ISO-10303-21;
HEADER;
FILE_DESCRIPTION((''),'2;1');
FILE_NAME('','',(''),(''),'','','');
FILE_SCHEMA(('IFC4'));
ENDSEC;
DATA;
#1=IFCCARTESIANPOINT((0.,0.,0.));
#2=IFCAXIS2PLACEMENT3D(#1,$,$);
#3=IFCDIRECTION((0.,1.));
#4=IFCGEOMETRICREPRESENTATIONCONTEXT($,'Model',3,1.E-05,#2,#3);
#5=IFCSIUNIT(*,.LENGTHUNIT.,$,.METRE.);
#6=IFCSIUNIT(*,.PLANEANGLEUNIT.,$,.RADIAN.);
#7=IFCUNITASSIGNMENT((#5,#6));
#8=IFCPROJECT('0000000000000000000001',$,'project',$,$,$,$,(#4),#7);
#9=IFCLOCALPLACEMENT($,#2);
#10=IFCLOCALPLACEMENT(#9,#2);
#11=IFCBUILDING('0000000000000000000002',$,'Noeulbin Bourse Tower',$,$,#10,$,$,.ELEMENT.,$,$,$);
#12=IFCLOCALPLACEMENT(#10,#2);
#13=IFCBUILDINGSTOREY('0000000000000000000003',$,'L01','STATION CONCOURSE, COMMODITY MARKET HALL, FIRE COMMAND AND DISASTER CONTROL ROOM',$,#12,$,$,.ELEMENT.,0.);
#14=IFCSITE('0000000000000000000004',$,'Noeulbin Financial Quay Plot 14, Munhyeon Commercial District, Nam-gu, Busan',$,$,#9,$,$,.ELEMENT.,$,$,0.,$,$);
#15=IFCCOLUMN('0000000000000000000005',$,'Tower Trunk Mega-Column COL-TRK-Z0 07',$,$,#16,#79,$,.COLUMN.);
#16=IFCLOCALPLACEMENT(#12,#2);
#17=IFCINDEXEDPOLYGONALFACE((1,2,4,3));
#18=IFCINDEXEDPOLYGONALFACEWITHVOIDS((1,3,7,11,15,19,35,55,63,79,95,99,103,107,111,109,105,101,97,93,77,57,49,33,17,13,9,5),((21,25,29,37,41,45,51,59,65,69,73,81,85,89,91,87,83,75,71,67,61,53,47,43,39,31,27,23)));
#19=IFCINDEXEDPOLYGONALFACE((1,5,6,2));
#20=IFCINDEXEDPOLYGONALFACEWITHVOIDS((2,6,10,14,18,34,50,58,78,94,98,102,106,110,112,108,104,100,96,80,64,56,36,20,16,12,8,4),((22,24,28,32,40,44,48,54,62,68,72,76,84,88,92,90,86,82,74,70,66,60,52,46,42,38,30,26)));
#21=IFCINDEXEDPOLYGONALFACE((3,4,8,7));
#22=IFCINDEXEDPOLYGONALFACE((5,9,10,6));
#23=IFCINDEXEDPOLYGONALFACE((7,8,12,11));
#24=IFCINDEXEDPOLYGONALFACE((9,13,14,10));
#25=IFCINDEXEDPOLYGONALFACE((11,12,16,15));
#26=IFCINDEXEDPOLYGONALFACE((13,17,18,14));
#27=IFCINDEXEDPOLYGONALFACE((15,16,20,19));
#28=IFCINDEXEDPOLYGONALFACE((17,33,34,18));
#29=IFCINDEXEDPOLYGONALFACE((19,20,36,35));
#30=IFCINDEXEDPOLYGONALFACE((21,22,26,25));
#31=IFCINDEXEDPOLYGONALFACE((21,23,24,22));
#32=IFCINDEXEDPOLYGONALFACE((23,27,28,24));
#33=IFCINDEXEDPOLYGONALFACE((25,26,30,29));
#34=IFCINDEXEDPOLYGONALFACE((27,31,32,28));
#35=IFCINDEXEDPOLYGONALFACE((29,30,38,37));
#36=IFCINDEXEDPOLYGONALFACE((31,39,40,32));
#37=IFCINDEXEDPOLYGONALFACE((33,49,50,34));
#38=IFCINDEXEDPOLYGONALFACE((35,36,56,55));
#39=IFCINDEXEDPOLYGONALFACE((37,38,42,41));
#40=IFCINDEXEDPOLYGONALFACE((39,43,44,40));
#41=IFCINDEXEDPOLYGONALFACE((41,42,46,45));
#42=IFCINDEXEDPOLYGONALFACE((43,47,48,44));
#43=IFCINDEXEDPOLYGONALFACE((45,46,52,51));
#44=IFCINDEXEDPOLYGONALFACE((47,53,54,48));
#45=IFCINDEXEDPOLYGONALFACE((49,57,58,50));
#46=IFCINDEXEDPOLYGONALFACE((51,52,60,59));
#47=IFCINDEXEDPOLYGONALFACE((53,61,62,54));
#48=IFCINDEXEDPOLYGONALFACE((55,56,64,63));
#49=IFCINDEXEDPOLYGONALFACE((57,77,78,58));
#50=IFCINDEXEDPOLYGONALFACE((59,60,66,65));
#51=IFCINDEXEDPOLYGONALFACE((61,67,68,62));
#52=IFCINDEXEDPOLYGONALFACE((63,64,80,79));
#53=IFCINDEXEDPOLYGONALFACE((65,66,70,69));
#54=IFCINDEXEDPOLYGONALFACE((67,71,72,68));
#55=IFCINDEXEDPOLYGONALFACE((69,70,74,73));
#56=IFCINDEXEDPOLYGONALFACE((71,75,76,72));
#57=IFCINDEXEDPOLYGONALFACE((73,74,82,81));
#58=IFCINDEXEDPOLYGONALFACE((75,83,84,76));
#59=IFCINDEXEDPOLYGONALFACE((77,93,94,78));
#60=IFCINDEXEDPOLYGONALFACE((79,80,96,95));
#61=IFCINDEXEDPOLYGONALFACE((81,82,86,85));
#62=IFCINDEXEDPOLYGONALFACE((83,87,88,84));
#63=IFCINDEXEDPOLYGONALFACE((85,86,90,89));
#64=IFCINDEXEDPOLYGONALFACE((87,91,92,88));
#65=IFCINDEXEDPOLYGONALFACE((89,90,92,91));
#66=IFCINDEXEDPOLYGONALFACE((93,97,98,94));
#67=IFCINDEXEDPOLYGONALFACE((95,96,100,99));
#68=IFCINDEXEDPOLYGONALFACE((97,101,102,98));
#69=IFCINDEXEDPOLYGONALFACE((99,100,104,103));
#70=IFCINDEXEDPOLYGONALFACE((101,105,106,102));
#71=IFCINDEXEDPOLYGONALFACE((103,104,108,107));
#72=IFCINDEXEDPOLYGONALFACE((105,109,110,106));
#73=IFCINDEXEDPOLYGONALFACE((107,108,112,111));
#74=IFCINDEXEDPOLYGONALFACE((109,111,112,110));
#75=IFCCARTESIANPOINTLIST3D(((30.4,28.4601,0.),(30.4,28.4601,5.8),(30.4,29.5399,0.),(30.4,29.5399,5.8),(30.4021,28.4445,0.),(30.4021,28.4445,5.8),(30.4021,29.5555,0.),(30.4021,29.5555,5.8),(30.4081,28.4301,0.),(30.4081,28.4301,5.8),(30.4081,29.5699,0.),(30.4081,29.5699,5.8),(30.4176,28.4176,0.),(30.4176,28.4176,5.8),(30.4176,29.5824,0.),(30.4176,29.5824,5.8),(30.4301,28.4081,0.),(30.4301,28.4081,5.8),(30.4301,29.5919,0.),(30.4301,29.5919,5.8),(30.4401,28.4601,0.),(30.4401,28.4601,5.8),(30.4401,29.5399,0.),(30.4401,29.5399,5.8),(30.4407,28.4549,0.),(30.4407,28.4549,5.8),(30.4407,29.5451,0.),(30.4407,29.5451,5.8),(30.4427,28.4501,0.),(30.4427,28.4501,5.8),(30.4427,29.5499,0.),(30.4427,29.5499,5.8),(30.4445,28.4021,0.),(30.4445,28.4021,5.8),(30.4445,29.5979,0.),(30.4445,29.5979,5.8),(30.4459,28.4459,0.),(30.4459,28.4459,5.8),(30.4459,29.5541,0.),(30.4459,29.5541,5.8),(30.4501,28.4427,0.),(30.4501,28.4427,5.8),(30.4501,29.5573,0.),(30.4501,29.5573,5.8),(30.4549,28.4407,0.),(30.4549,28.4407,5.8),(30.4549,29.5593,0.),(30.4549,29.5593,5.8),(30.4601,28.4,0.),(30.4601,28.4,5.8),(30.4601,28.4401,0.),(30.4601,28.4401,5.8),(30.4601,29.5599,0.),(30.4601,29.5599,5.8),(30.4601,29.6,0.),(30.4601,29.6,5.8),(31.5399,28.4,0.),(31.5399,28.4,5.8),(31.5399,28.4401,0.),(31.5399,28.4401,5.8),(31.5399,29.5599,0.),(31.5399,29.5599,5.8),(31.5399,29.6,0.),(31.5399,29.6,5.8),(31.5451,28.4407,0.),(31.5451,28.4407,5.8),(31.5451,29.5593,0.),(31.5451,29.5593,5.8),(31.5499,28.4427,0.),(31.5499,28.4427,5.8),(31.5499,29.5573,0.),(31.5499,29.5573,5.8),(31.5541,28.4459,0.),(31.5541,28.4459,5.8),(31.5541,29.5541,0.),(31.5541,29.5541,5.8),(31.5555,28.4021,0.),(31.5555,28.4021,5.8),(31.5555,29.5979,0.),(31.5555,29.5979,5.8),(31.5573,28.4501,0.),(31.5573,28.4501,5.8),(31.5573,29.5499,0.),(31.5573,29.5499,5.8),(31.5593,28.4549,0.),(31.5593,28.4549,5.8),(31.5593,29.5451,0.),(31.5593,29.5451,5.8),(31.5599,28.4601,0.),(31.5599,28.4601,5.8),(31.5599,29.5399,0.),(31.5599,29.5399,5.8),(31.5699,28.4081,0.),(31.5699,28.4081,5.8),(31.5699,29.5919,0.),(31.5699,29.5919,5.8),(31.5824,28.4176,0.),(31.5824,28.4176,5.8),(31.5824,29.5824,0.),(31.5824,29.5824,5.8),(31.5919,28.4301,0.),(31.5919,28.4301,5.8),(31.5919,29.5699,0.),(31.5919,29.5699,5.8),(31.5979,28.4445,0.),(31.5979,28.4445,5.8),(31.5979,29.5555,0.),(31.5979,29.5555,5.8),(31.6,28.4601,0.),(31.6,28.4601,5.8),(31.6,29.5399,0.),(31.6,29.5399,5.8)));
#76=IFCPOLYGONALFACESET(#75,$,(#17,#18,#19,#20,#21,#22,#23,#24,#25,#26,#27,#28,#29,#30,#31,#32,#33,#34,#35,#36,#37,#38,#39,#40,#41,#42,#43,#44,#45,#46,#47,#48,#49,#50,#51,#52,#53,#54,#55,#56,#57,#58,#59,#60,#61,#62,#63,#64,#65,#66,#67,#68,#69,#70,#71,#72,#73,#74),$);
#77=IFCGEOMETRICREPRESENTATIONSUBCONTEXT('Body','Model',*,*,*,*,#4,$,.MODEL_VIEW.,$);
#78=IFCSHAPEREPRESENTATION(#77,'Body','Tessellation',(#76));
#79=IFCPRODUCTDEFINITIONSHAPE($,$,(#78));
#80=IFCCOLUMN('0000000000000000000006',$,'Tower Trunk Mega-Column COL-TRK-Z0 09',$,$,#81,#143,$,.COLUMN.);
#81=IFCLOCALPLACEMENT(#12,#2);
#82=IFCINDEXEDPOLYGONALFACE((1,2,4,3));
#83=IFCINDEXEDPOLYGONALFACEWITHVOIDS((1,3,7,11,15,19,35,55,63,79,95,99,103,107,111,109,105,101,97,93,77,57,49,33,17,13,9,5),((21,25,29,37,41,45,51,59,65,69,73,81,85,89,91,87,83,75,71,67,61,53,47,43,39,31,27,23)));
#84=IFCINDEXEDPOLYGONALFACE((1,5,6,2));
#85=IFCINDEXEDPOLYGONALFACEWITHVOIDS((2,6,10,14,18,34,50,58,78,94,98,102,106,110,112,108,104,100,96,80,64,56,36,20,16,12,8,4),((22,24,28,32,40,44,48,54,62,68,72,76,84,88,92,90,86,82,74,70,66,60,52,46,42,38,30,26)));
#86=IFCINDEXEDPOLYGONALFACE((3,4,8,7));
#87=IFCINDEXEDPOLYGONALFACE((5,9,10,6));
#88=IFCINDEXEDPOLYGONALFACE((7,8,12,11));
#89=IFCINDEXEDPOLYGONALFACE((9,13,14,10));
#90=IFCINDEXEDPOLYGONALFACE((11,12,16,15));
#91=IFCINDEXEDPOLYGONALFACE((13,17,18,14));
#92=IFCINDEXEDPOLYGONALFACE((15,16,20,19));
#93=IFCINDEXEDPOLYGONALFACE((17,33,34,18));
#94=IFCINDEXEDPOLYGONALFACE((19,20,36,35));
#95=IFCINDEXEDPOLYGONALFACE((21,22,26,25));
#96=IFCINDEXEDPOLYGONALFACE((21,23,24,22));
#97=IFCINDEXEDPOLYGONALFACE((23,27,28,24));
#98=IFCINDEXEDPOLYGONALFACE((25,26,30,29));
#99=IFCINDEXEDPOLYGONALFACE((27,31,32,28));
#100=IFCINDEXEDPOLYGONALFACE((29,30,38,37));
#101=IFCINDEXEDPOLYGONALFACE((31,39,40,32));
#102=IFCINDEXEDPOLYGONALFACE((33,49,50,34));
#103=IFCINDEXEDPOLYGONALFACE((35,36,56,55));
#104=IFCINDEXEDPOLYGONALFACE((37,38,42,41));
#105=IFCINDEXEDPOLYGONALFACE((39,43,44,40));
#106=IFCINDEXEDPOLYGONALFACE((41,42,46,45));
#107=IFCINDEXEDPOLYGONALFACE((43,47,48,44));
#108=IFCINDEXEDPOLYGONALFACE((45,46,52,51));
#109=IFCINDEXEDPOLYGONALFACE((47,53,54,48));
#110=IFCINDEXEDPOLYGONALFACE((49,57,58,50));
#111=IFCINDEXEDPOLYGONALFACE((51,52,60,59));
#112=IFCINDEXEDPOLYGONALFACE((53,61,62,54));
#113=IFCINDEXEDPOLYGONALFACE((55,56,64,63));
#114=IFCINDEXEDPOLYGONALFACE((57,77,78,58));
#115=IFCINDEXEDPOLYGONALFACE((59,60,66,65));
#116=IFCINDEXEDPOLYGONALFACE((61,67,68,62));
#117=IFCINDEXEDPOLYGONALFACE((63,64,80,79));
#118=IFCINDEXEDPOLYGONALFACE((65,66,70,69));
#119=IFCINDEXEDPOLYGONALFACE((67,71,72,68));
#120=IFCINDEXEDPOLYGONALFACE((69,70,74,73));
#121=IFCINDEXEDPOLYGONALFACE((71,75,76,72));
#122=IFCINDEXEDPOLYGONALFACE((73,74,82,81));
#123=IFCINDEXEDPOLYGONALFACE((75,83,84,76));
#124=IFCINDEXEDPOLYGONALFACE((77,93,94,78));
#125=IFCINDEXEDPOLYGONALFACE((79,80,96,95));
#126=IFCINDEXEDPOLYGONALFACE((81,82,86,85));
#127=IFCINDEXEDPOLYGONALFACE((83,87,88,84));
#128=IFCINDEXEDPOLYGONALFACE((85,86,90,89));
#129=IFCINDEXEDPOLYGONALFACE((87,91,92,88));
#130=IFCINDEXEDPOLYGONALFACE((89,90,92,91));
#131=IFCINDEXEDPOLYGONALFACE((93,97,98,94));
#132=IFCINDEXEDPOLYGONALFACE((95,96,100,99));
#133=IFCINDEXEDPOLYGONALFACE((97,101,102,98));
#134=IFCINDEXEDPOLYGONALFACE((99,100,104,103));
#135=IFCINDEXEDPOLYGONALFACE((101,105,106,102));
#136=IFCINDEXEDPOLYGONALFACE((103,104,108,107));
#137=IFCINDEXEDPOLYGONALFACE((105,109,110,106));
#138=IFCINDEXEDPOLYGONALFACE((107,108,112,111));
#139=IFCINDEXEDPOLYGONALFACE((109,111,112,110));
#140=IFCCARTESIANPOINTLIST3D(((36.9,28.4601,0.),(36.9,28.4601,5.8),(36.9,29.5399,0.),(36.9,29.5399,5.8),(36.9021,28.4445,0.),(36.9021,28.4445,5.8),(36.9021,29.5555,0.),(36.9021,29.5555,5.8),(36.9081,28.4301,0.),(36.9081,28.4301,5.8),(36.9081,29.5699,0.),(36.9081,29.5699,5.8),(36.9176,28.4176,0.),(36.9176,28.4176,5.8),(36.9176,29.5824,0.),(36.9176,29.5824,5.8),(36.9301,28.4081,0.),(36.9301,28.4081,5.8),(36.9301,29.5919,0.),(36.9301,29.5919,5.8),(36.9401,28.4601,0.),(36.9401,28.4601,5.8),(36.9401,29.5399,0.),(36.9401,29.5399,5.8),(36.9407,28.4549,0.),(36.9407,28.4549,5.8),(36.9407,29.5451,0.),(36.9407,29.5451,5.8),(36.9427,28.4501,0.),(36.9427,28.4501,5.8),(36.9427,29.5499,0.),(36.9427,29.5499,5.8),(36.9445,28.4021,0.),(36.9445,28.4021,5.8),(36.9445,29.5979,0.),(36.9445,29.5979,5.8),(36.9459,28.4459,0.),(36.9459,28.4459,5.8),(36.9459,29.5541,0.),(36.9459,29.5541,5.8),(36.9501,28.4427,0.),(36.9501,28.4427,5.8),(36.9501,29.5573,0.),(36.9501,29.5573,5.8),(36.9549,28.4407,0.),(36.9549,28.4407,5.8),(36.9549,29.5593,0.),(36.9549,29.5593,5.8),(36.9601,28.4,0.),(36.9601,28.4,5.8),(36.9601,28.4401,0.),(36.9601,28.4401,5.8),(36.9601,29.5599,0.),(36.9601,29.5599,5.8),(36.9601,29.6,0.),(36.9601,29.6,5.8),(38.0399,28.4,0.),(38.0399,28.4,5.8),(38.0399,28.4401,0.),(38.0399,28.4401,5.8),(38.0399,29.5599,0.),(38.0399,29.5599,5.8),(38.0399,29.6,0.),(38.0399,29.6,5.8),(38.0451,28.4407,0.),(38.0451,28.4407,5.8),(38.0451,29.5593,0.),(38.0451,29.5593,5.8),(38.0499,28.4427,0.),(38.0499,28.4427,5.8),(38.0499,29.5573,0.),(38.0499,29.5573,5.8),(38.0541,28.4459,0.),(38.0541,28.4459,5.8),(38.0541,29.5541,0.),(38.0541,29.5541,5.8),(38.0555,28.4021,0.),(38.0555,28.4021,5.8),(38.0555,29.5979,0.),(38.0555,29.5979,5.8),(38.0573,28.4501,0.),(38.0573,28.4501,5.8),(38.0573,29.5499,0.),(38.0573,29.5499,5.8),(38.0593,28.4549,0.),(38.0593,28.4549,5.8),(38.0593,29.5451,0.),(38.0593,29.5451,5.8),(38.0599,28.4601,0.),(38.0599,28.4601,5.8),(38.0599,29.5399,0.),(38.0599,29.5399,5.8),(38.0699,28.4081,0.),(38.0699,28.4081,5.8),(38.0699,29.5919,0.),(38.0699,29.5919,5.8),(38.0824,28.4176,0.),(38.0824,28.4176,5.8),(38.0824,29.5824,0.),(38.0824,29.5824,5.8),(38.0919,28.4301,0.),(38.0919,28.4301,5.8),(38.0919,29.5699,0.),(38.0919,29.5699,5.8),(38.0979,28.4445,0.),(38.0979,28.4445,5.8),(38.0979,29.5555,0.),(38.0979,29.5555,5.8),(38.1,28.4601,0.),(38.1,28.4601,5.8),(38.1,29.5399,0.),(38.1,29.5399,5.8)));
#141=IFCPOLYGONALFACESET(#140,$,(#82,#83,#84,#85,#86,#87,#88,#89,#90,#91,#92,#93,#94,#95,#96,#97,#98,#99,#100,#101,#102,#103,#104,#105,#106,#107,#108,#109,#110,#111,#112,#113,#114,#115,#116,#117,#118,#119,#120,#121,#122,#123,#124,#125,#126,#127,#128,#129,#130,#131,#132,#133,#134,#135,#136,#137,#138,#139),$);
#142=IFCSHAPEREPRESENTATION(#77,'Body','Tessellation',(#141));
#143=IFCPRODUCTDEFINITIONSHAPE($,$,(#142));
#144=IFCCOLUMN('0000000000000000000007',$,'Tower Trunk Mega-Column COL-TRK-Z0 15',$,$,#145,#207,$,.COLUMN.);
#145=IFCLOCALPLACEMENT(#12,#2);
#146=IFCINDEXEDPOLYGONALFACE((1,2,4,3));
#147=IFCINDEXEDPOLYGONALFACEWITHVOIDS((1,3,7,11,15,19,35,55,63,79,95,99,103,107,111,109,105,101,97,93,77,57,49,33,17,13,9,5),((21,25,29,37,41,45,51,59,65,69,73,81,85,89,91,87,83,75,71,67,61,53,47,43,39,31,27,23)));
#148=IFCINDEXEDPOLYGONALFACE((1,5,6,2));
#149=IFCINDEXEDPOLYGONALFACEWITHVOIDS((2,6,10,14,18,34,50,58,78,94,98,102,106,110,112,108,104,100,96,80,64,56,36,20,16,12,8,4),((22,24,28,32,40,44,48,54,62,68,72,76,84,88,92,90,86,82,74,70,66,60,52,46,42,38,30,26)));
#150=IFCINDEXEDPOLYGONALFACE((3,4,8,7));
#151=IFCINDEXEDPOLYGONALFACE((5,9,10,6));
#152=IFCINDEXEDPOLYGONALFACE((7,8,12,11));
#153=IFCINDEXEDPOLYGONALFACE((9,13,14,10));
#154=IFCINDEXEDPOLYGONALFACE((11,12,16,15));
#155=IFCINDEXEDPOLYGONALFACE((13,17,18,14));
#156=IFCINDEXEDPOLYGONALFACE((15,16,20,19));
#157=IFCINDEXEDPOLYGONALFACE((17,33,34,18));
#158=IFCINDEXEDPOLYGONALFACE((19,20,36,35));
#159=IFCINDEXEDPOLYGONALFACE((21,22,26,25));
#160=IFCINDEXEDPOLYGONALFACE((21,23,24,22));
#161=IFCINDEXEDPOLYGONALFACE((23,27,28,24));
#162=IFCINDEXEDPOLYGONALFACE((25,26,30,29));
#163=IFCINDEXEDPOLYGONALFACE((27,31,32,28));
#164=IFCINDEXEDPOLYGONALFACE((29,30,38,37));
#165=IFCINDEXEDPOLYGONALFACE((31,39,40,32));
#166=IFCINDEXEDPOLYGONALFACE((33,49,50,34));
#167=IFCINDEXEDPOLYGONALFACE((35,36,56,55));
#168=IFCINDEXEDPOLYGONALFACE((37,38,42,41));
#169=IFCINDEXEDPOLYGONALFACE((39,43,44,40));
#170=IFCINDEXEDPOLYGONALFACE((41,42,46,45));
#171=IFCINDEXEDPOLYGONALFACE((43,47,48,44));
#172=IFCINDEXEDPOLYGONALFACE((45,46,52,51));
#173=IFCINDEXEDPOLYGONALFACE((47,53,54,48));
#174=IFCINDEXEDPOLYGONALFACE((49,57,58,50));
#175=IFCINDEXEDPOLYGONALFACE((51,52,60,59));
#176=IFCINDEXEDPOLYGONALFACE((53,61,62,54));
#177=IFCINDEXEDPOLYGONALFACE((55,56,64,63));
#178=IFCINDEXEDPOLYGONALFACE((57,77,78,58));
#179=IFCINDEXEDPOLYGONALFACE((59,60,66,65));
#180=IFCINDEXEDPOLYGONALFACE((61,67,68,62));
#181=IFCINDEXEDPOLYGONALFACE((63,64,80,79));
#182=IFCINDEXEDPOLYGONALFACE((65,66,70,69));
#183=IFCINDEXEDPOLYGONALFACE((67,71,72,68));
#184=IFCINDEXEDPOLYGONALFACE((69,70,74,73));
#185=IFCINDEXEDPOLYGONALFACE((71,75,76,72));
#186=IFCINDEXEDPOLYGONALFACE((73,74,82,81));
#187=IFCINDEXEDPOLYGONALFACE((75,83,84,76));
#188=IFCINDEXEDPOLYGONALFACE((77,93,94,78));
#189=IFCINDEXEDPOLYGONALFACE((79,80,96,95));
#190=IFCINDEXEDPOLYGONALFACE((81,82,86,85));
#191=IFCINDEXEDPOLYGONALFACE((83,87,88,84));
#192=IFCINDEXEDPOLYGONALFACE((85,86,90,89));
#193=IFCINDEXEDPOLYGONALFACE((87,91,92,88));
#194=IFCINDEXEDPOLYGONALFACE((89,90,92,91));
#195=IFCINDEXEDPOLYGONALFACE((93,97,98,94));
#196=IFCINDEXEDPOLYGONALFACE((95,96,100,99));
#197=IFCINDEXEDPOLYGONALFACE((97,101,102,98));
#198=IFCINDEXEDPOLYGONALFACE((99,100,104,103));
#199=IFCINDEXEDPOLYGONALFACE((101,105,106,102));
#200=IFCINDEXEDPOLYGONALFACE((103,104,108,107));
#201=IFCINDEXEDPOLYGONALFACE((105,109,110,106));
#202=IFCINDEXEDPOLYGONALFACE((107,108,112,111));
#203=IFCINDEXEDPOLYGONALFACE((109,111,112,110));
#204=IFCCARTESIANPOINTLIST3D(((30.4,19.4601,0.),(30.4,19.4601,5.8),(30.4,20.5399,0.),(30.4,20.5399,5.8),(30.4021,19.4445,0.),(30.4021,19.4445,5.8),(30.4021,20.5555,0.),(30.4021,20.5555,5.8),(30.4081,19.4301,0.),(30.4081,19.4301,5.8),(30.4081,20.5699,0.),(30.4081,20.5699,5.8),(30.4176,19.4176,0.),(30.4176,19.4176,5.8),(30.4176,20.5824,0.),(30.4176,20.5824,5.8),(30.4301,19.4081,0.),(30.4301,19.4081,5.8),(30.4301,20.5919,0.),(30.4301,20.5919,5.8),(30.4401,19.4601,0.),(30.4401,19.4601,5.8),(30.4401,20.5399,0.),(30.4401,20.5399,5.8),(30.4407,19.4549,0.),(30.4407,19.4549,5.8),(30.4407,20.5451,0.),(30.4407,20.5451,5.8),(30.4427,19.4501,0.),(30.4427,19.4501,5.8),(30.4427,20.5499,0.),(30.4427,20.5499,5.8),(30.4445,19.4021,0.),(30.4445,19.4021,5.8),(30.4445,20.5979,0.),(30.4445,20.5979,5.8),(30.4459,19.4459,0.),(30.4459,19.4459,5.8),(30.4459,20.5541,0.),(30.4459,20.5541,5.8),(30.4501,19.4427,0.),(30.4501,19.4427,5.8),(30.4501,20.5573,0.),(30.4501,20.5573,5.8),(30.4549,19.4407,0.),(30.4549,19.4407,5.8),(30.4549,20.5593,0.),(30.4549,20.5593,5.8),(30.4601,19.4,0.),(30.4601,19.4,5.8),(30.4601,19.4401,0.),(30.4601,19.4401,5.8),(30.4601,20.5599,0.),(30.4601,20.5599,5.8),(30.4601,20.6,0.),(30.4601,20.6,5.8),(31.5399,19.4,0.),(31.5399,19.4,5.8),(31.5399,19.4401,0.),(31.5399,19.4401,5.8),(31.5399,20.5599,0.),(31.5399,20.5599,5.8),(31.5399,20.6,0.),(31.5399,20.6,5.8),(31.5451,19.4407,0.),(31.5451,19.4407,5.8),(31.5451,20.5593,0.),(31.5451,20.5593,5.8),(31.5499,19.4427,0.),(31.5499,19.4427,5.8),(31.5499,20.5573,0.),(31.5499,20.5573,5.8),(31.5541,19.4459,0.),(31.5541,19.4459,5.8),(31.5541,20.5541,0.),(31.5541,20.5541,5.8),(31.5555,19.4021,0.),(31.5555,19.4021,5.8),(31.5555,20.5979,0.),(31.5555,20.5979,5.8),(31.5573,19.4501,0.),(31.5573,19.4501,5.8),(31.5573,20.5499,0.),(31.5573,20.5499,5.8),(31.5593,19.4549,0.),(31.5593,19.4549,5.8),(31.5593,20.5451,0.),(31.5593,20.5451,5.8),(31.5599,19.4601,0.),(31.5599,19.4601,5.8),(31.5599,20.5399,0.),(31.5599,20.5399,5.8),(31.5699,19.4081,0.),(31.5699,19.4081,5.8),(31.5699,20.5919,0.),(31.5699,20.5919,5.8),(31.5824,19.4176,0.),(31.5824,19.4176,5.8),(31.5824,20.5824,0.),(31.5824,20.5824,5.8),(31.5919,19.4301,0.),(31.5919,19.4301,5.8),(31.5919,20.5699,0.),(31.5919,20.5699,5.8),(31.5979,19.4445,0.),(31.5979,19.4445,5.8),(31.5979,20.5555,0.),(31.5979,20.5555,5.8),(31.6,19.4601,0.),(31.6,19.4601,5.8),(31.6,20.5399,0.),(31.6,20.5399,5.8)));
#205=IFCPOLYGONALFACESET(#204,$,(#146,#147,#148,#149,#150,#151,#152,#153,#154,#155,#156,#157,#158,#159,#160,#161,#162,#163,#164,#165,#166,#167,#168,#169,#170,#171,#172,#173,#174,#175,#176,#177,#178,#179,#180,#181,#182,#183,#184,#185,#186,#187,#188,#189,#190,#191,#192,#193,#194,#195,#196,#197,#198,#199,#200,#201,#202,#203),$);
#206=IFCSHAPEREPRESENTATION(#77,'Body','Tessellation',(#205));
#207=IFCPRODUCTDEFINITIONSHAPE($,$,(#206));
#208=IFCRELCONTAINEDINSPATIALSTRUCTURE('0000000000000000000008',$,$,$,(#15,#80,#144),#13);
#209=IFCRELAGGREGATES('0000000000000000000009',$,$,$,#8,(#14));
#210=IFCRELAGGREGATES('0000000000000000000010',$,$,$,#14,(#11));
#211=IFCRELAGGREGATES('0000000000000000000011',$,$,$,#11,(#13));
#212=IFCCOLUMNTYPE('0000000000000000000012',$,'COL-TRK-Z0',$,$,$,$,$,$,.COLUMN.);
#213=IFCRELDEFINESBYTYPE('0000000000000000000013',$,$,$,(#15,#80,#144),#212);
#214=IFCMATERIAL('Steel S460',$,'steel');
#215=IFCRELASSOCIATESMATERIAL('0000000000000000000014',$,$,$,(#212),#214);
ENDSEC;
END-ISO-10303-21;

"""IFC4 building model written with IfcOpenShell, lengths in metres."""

from ifc_helpers import new_model, si_unit, direction, frame, origin, origin_2d, place, context, subcontext, project, spatial, hollow_rectangle, extrude, material, material_profile, profile_set, type_object, element, save


model = new_model("IFC4")

# Units and contexts
model_context = context("Model", 3, precision=1e-05, world=origin(), true_north=direction((0.0, 1.0)))
body_context = subcontext(model_context, "Body", "Model", "MODEL_VIEW")
ifc_project = project(units=[si_unit("LENGTHUNIT", "METRE"), si_unit("PLANEANGLEUNIT", "RADIAN")], contexts=[model_context])

# Site, building, storey
site_placement = place(None, origin())
site = spatial("IfcSite", under=ifc_project, at=site_placement, Name="Noeulbin Financial Quay Plot 14, Munhyeon Commercial District, Nam-gu, Busan", CompositionType="ELEMENT", RefElevation=0.0)
building_placement = place(site_placement, origin())
building = spatial("IfcBuilding", under=site, at=building_placement, Name="Noeulbin Bourse Tower", CompositionType="ELEMENT")
storey_placement = place(building_placement, origin())
storey = spatial("IfcBuildingStorey", under=building, at=storey_placement, Name="L01", Description="STATION CONCOURSE, COMMODITY MARKET HALL, FIRE COMMAND AND DISASTER CONTROL ROOM", CompositionType="ELEMENT", Elevation=0.0)

# Columns
ifc_material_1 = material(Name="Steel S460", Category="steel")
ifc_material_profile_1 = material_profile(ifc_material_1, hollow_rectangle(XDim=1.2, YDim=1.2, WallThickness=0.04, InnerFilletRadius=0.02, OuterFilletRadius=0.0601, at=origin_2d()), Name="BOX-1200x1200x40", Category="LoadBearing")
ifc_profile_set_1 = profile_set([ifc_material_profile_1], Name="Steel S460")
column_type = type_object("IfcColumnType", Name="COL-TRK-Z0", PredefinedType="COLUMN", material=ifc_profile_set_1)
for number, where, z_axis, x_axis, name in (
    (1, (31.0, 29.0, 0.0), (0.0, 0.0, 1.0), (1.0, 0.0, 0.0), "Tower Trunk Mega-Column COL-TRK-Z0 07"),
    (2, (37.5, 29.0, 0.0), (0.0, 0.0, 1.0), (1.0, 0.0, 0.0), "Tower Trunk Mega-Column COL-TRK-Z0 09"),
    (3, (31.0, 20.0, 0.0), (0.0, 0.0, 1.0), (1.0, 0.0, 0.0), "Tower Trunk Mega-Column COL-TRK-Z0 15"),
):
    element("IfcColumn", number, at=place(storey_placement, frame(where, z_axis=z_axis, x_axis=x_axis)), inside=storey, type_object=column_type, Name=name, PredefinedType="COLUMN", context=body_context, shape_type="SweptSolid", body=[
        extrude(hollow_rectangle(XDim=1.2, YDim=1.2, WallThickness=0.04, InnerFilletRadius=0.02, OuterFilletRadius=0.0601, at=origin_2d()), origin(), (0.0, 0.0, 1.0), 5.8),
    ])

save(model, "model.ifc")
